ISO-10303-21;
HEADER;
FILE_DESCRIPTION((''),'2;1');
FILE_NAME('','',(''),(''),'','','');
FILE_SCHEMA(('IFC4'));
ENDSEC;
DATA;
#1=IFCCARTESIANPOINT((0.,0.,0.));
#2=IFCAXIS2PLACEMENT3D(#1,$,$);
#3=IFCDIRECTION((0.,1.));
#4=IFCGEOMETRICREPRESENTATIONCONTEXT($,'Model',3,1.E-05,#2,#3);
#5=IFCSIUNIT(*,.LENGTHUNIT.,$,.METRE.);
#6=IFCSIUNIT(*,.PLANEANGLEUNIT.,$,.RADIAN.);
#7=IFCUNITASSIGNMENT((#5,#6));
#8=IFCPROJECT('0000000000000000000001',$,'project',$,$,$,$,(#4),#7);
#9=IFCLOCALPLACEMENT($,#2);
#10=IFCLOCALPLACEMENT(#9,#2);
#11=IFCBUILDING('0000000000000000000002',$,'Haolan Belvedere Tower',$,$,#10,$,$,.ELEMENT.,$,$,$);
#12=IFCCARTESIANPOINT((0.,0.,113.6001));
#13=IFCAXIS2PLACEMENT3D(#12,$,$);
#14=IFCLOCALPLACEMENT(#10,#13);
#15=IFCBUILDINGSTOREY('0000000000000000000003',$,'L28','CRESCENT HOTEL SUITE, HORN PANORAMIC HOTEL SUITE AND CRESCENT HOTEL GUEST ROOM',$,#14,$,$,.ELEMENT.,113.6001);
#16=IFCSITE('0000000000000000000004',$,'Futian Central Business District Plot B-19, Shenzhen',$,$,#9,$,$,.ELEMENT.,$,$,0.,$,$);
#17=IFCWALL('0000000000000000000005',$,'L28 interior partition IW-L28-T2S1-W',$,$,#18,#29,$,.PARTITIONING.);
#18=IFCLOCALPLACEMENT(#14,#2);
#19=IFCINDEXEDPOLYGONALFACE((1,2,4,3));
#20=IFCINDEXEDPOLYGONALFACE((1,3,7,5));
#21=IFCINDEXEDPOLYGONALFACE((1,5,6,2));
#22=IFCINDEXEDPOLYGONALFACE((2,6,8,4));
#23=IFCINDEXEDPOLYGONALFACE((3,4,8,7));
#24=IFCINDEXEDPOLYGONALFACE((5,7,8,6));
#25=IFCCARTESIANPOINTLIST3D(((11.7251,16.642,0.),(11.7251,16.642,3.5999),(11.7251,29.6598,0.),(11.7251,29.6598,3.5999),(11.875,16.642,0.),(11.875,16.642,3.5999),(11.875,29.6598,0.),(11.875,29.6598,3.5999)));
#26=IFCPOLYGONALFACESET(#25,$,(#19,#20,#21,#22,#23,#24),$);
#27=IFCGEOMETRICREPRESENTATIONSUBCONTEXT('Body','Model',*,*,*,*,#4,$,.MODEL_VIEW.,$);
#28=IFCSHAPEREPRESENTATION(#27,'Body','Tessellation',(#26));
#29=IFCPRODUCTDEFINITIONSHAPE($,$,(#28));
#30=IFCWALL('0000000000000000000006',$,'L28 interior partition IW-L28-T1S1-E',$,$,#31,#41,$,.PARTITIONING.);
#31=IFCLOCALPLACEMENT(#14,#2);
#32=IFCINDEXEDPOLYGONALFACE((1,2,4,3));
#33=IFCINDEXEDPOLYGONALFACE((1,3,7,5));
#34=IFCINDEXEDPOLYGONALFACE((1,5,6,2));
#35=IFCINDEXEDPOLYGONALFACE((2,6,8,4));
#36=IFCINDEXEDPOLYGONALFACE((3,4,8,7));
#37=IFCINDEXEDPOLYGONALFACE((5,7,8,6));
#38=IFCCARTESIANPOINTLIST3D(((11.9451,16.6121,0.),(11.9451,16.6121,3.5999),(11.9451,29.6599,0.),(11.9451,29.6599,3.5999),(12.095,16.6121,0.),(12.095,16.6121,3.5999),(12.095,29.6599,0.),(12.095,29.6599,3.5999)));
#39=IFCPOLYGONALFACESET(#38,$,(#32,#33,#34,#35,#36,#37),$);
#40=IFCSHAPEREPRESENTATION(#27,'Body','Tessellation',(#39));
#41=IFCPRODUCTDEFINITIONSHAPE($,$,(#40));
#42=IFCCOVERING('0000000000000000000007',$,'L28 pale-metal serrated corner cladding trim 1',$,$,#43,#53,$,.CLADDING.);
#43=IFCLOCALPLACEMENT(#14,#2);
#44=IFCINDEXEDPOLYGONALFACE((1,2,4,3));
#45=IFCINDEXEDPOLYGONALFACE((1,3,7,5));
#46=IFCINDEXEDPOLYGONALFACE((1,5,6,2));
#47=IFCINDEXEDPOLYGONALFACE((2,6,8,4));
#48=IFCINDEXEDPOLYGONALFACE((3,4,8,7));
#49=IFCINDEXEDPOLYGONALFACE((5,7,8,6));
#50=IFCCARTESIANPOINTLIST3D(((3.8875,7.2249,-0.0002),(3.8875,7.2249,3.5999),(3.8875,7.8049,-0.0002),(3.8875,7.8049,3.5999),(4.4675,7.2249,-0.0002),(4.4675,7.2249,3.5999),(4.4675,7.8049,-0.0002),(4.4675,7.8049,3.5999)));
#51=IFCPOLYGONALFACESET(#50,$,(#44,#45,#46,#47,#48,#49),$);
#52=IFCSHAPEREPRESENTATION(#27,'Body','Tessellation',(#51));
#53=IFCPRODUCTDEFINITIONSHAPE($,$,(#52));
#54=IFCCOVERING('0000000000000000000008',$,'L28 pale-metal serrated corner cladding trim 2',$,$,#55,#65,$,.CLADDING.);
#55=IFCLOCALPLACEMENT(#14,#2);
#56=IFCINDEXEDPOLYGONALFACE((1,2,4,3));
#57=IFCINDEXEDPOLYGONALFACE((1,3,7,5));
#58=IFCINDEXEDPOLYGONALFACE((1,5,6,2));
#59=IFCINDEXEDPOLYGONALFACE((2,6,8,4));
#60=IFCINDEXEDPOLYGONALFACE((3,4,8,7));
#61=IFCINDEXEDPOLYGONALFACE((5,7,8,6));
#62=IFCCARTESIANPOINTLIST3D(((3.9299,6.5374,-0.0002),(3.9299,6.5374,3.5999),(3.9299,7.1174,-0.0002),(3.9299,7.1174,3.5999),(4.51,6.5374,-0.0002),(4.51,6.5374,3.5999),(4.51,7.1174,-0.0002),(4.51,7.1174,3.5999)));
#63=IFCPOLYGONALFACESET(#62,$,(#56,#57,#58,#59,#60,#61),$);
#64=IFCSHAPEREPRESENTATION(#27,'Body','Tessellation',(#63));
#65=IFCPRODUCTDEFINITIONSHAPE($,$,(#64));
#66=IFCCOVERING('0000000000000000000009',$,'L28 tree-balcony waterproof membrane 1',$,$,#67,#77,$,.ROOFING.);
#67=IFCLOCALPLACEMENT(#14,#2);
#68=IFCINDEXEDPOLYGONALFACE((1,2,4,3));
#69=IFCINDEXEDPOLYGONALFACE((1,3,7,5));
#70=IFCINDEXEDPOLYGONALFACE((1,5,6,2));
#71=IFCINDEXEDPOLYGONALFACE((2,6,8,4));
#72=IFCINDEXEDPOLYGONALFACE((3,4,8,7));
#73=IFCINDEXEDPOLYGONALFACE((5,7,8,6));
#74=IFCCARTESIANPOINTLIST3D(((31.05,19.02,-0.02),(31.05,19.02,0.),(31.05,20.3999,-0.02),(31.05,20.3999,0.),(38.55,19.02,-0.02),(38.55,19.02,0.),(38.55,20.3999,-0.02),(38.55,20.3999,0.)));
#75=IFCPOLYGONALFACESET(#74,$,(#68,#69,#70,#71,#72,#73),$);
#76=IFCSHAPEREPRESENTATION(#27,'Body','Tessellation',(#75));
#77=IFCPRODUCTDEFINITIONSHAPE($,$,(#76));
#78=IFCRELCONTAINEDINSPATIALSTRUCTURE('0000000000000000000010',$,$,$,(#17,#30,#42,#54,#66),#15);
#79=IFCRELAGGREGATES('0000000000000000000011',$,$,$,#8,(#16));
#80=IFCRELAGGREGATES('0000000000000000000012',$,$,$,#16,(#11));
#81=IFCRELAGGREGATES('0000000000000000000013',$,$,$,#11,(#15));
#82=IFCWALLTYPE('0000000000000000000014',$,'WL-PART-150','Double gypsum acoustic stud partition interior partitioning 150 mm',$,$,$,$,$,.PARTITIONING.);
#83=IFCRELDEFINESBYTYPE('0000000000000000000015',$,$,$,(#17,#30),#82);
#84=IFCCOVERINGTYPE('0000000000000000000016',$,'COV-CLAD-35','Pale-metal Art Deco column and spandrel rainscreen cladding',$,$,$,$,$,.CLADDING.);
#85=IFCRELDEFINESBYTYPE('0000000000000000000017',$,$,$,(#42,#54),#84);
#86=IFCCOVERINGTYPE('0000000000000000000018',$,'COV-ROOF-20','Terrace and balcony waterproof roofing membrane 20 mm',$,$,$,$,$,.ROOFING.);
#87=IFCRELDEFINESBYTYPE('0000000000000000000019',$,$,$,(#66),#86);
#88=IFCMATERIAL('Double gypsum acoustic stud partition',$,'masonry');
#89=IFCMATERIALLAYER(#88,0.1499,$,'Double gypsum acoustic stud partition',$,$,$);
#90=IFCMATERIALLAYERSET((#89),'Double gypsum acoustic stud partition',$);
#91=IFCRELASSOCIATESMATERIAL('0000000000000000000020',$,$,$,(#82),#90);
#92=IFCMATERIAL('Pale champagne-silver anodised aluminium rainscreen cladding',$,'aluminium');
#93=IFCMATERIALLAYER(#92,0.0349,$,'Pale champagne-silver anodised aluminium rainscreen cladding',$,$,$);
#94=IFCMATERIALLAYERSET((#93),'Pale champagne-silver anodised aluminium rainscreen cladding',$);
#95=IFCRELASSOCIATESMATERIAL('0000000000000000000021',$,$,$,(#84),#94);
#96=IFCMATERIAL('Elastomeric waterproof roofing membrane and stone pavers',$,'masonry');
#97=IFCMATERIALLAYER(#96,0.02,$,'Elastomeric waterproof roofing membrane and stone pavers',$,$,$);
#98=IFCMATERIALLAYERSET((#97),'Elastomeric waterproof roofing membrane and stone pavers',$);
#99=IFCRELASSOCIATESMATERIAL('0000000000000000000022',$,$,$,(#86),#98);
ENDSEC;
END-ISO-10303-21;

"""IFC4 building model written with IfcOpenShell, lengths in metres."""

from ifc_helpers import new_model, si_unit, direction, frame, frame_2d, origin, origin_2d, place, context, subcontext, project, spatial, polyline, rectangle, outline, extrude, material, layer, layer_set, type_object, element, save


model = new_model("IFC4")

# Units and contexts
model_context = context("Model", 3, precision=1e-05, world=origin(), true_north=direction((0.0, 1.0)))
body_context = subcontext(model_context, "Body", "Model", "MODEL_VIEW")
ifc_project = project(units=[si_unit("LENGTHUNIT", "METRE"), si_unit("PLANEANGLEUNIT", "RADIAN")], contexts=[model_context])

# Site, building, storey
site_placement = place(None, origin())
site = spatial("IfcSite", under=ifc_project, at=site_placement, Name="Futian Central Business District Plot B-19, Shenzhen", CompositionType="ELEMENT", RefElevation=0.0)
building_placement = place(site_placement, origin())
building = spatial("IfcBuilding", under=site, at=building_placement, Name="Haolan Belvedere Tower", CompositionType="ELEMENT")
storey_placement = place(building_placement, frame((0.0, 0.0, 113.6001)))
storey = spatial("IfcBuildingStorey", under=building, at=storey_placement, Name="L28", Description="CRESCENT HOTEL SUITE, HORN PANORAMIC HOTEL SUITE AND CRESCENT HOTEL GUEST ROOM", CompositionType="ELEMENT", Elevation=113.6001)

# Walls
ifc_material_1 = material(Name="Double gypsum acoustic stud partition", Category="masonry")
ifc_layer_1 = layer(ifc_material_1, 0.1499, Name="Double gypsum acoustic stud partition")
ifc_layer_set_1 = layer_set([ifc_layer_1], Name="Double gypsum acoustic stud partition")
wall_type_1 = type_object("IfcWallType", Name="WL-PART-150", Description="Double gypsum acoustic stud partition interior partitioning 150 mm", PredefinedType="PARTITIONING", material=ifc_layer_set_1)
wall_1_placement = place(storey_placement, frame((11.8, 16.6421, 0.0), z_axis=(0.0, 0.0, 1.0), x_axis=(0.0, 1.0, 0.0)))
element("IfcWall", 1, at=wall_1_placement, inside=storey, type_object=wall_type_1, Name="L28 interior partition IW-L28-T2S1-W", PredefinedType="PARTITIONING", context=body_context, shape_type="SweptSolid", body=[
    extrude(rectangle(XDim=13.0178, YDim=0.1499, at=frame_2d((6.5088, 0.0))), origin(), (0.0, 0.0, 1.0), 3.5999),
])
wall_2_placement = place(storey_placement, frame((12.02, 16.6121, 0.0), z_axis=(0.0, 0.0, 1.0), x_axis=(0.0, 1.0, 0.0)))
element("IfcWall", 2, at=wall_2_placement, inside=storey, type_object=wall_type_1, Name="L28 interior partition IW-L28-T1S1-E", PredefinedType="PARTITIONING", context=body_context, shape_type="SweptSolid", body=[
    extrude(rectangle(XDim=13.0479, YDim=0.1499, at=frame_2d((6.5239, 0.0))), origin(), (0.0, 0.0, 1.0), 3.5999),
])

# Coverings
ifc_material_2 = material(Name="Pale champagne-silver anodised aluminium rainscreen cladding", Category="aluminium")
ifc_layer_2 = layer(ifc_material_2, 0.0349, Name="Pale champagne-silver anodised aluminium rainscreen cladding")
ifc_layer_set_2 = layer_set([ifc_layer_2], Name="Pale champagne-silver anodised aluminium rainscreen cladding")
covering_type_1 = type_object("IfcCoveringType", Name="COV-CLAD-35", Description="Pale-metal Art Deco column and spandrel rainscreen cladding", PredefinedType="CLADDING", material=ifc_layer_set_2)
for number, where, z_axis, x_axis, name in (
    (3, (4.1775, 7.5149, -0.0002), (0.0, 0.0, 1.0), (1.0, 0.0, 0.0), "L28 pale-metal serrated corner cladding trim 1"),
    (4, (4.22, 6.8274, -0.0002), (0.0, 0.0, 1.0), (1.0, 0.0, 0.0), "L28 pale-metal serrated corner cladding trim 2"),
):
    element("IfcCovering", number, at=place(storey_placement, frame(where, z_axis=z_axis, x_axis=x_axis)), inside=storey, type_object=covering_type_1, Name=name, PredefinedType="CLADDING", context=body_context, shape_type="SweptSolid", body=[
        extrude(rectangle(XDim=0.5801, YDim=0.5801, at=origin_2d()), origin(), (0.0, 0.0, 1.0), 3.6001),
    ])
ifc_material_3 = material(Name="Elastomeric waterproof roofing membrane and stone pavers", Category="masonry")
ifc_layer_3 = layer(ifc_material_3, 0.02, Name="Elastomeric waterproof roofing membrane and stone pavers")
ifc_layer_set_3 = layer_set([ifc_layer_3], Name="Elastomeric waterproof roofing membrane and stone pavers")
covering_type_2 = type_object("IfcCoveringType", Name="COV-ROOF-20", Description="Terrace and balcony waterproof roofing membrane 20 mm", PredefinedType="ROOFING", material=ifc_layer_set_3)
covering_placement = place(storey_placement, frame((0.0, 0.0, -0.02)))
element("IfcCovering", 5, at=covering_placement, inside=storey, type_object=covering_type_2, Name="L28 tree-balcony waterproof membrane 1", PredefinedType="ROOFING", context=body_context, shape_type="SweptSolid", body=[
    extrude(outline(polyline([(31.05, 19.02), (38.55, 19.02), (38.55, 20.3999), (31.05, 20.3999), (31.05, 19.02)])), origin(), (0.0, 0.0, 1.0), 0.02),
])

save(model, "model.ifc")
